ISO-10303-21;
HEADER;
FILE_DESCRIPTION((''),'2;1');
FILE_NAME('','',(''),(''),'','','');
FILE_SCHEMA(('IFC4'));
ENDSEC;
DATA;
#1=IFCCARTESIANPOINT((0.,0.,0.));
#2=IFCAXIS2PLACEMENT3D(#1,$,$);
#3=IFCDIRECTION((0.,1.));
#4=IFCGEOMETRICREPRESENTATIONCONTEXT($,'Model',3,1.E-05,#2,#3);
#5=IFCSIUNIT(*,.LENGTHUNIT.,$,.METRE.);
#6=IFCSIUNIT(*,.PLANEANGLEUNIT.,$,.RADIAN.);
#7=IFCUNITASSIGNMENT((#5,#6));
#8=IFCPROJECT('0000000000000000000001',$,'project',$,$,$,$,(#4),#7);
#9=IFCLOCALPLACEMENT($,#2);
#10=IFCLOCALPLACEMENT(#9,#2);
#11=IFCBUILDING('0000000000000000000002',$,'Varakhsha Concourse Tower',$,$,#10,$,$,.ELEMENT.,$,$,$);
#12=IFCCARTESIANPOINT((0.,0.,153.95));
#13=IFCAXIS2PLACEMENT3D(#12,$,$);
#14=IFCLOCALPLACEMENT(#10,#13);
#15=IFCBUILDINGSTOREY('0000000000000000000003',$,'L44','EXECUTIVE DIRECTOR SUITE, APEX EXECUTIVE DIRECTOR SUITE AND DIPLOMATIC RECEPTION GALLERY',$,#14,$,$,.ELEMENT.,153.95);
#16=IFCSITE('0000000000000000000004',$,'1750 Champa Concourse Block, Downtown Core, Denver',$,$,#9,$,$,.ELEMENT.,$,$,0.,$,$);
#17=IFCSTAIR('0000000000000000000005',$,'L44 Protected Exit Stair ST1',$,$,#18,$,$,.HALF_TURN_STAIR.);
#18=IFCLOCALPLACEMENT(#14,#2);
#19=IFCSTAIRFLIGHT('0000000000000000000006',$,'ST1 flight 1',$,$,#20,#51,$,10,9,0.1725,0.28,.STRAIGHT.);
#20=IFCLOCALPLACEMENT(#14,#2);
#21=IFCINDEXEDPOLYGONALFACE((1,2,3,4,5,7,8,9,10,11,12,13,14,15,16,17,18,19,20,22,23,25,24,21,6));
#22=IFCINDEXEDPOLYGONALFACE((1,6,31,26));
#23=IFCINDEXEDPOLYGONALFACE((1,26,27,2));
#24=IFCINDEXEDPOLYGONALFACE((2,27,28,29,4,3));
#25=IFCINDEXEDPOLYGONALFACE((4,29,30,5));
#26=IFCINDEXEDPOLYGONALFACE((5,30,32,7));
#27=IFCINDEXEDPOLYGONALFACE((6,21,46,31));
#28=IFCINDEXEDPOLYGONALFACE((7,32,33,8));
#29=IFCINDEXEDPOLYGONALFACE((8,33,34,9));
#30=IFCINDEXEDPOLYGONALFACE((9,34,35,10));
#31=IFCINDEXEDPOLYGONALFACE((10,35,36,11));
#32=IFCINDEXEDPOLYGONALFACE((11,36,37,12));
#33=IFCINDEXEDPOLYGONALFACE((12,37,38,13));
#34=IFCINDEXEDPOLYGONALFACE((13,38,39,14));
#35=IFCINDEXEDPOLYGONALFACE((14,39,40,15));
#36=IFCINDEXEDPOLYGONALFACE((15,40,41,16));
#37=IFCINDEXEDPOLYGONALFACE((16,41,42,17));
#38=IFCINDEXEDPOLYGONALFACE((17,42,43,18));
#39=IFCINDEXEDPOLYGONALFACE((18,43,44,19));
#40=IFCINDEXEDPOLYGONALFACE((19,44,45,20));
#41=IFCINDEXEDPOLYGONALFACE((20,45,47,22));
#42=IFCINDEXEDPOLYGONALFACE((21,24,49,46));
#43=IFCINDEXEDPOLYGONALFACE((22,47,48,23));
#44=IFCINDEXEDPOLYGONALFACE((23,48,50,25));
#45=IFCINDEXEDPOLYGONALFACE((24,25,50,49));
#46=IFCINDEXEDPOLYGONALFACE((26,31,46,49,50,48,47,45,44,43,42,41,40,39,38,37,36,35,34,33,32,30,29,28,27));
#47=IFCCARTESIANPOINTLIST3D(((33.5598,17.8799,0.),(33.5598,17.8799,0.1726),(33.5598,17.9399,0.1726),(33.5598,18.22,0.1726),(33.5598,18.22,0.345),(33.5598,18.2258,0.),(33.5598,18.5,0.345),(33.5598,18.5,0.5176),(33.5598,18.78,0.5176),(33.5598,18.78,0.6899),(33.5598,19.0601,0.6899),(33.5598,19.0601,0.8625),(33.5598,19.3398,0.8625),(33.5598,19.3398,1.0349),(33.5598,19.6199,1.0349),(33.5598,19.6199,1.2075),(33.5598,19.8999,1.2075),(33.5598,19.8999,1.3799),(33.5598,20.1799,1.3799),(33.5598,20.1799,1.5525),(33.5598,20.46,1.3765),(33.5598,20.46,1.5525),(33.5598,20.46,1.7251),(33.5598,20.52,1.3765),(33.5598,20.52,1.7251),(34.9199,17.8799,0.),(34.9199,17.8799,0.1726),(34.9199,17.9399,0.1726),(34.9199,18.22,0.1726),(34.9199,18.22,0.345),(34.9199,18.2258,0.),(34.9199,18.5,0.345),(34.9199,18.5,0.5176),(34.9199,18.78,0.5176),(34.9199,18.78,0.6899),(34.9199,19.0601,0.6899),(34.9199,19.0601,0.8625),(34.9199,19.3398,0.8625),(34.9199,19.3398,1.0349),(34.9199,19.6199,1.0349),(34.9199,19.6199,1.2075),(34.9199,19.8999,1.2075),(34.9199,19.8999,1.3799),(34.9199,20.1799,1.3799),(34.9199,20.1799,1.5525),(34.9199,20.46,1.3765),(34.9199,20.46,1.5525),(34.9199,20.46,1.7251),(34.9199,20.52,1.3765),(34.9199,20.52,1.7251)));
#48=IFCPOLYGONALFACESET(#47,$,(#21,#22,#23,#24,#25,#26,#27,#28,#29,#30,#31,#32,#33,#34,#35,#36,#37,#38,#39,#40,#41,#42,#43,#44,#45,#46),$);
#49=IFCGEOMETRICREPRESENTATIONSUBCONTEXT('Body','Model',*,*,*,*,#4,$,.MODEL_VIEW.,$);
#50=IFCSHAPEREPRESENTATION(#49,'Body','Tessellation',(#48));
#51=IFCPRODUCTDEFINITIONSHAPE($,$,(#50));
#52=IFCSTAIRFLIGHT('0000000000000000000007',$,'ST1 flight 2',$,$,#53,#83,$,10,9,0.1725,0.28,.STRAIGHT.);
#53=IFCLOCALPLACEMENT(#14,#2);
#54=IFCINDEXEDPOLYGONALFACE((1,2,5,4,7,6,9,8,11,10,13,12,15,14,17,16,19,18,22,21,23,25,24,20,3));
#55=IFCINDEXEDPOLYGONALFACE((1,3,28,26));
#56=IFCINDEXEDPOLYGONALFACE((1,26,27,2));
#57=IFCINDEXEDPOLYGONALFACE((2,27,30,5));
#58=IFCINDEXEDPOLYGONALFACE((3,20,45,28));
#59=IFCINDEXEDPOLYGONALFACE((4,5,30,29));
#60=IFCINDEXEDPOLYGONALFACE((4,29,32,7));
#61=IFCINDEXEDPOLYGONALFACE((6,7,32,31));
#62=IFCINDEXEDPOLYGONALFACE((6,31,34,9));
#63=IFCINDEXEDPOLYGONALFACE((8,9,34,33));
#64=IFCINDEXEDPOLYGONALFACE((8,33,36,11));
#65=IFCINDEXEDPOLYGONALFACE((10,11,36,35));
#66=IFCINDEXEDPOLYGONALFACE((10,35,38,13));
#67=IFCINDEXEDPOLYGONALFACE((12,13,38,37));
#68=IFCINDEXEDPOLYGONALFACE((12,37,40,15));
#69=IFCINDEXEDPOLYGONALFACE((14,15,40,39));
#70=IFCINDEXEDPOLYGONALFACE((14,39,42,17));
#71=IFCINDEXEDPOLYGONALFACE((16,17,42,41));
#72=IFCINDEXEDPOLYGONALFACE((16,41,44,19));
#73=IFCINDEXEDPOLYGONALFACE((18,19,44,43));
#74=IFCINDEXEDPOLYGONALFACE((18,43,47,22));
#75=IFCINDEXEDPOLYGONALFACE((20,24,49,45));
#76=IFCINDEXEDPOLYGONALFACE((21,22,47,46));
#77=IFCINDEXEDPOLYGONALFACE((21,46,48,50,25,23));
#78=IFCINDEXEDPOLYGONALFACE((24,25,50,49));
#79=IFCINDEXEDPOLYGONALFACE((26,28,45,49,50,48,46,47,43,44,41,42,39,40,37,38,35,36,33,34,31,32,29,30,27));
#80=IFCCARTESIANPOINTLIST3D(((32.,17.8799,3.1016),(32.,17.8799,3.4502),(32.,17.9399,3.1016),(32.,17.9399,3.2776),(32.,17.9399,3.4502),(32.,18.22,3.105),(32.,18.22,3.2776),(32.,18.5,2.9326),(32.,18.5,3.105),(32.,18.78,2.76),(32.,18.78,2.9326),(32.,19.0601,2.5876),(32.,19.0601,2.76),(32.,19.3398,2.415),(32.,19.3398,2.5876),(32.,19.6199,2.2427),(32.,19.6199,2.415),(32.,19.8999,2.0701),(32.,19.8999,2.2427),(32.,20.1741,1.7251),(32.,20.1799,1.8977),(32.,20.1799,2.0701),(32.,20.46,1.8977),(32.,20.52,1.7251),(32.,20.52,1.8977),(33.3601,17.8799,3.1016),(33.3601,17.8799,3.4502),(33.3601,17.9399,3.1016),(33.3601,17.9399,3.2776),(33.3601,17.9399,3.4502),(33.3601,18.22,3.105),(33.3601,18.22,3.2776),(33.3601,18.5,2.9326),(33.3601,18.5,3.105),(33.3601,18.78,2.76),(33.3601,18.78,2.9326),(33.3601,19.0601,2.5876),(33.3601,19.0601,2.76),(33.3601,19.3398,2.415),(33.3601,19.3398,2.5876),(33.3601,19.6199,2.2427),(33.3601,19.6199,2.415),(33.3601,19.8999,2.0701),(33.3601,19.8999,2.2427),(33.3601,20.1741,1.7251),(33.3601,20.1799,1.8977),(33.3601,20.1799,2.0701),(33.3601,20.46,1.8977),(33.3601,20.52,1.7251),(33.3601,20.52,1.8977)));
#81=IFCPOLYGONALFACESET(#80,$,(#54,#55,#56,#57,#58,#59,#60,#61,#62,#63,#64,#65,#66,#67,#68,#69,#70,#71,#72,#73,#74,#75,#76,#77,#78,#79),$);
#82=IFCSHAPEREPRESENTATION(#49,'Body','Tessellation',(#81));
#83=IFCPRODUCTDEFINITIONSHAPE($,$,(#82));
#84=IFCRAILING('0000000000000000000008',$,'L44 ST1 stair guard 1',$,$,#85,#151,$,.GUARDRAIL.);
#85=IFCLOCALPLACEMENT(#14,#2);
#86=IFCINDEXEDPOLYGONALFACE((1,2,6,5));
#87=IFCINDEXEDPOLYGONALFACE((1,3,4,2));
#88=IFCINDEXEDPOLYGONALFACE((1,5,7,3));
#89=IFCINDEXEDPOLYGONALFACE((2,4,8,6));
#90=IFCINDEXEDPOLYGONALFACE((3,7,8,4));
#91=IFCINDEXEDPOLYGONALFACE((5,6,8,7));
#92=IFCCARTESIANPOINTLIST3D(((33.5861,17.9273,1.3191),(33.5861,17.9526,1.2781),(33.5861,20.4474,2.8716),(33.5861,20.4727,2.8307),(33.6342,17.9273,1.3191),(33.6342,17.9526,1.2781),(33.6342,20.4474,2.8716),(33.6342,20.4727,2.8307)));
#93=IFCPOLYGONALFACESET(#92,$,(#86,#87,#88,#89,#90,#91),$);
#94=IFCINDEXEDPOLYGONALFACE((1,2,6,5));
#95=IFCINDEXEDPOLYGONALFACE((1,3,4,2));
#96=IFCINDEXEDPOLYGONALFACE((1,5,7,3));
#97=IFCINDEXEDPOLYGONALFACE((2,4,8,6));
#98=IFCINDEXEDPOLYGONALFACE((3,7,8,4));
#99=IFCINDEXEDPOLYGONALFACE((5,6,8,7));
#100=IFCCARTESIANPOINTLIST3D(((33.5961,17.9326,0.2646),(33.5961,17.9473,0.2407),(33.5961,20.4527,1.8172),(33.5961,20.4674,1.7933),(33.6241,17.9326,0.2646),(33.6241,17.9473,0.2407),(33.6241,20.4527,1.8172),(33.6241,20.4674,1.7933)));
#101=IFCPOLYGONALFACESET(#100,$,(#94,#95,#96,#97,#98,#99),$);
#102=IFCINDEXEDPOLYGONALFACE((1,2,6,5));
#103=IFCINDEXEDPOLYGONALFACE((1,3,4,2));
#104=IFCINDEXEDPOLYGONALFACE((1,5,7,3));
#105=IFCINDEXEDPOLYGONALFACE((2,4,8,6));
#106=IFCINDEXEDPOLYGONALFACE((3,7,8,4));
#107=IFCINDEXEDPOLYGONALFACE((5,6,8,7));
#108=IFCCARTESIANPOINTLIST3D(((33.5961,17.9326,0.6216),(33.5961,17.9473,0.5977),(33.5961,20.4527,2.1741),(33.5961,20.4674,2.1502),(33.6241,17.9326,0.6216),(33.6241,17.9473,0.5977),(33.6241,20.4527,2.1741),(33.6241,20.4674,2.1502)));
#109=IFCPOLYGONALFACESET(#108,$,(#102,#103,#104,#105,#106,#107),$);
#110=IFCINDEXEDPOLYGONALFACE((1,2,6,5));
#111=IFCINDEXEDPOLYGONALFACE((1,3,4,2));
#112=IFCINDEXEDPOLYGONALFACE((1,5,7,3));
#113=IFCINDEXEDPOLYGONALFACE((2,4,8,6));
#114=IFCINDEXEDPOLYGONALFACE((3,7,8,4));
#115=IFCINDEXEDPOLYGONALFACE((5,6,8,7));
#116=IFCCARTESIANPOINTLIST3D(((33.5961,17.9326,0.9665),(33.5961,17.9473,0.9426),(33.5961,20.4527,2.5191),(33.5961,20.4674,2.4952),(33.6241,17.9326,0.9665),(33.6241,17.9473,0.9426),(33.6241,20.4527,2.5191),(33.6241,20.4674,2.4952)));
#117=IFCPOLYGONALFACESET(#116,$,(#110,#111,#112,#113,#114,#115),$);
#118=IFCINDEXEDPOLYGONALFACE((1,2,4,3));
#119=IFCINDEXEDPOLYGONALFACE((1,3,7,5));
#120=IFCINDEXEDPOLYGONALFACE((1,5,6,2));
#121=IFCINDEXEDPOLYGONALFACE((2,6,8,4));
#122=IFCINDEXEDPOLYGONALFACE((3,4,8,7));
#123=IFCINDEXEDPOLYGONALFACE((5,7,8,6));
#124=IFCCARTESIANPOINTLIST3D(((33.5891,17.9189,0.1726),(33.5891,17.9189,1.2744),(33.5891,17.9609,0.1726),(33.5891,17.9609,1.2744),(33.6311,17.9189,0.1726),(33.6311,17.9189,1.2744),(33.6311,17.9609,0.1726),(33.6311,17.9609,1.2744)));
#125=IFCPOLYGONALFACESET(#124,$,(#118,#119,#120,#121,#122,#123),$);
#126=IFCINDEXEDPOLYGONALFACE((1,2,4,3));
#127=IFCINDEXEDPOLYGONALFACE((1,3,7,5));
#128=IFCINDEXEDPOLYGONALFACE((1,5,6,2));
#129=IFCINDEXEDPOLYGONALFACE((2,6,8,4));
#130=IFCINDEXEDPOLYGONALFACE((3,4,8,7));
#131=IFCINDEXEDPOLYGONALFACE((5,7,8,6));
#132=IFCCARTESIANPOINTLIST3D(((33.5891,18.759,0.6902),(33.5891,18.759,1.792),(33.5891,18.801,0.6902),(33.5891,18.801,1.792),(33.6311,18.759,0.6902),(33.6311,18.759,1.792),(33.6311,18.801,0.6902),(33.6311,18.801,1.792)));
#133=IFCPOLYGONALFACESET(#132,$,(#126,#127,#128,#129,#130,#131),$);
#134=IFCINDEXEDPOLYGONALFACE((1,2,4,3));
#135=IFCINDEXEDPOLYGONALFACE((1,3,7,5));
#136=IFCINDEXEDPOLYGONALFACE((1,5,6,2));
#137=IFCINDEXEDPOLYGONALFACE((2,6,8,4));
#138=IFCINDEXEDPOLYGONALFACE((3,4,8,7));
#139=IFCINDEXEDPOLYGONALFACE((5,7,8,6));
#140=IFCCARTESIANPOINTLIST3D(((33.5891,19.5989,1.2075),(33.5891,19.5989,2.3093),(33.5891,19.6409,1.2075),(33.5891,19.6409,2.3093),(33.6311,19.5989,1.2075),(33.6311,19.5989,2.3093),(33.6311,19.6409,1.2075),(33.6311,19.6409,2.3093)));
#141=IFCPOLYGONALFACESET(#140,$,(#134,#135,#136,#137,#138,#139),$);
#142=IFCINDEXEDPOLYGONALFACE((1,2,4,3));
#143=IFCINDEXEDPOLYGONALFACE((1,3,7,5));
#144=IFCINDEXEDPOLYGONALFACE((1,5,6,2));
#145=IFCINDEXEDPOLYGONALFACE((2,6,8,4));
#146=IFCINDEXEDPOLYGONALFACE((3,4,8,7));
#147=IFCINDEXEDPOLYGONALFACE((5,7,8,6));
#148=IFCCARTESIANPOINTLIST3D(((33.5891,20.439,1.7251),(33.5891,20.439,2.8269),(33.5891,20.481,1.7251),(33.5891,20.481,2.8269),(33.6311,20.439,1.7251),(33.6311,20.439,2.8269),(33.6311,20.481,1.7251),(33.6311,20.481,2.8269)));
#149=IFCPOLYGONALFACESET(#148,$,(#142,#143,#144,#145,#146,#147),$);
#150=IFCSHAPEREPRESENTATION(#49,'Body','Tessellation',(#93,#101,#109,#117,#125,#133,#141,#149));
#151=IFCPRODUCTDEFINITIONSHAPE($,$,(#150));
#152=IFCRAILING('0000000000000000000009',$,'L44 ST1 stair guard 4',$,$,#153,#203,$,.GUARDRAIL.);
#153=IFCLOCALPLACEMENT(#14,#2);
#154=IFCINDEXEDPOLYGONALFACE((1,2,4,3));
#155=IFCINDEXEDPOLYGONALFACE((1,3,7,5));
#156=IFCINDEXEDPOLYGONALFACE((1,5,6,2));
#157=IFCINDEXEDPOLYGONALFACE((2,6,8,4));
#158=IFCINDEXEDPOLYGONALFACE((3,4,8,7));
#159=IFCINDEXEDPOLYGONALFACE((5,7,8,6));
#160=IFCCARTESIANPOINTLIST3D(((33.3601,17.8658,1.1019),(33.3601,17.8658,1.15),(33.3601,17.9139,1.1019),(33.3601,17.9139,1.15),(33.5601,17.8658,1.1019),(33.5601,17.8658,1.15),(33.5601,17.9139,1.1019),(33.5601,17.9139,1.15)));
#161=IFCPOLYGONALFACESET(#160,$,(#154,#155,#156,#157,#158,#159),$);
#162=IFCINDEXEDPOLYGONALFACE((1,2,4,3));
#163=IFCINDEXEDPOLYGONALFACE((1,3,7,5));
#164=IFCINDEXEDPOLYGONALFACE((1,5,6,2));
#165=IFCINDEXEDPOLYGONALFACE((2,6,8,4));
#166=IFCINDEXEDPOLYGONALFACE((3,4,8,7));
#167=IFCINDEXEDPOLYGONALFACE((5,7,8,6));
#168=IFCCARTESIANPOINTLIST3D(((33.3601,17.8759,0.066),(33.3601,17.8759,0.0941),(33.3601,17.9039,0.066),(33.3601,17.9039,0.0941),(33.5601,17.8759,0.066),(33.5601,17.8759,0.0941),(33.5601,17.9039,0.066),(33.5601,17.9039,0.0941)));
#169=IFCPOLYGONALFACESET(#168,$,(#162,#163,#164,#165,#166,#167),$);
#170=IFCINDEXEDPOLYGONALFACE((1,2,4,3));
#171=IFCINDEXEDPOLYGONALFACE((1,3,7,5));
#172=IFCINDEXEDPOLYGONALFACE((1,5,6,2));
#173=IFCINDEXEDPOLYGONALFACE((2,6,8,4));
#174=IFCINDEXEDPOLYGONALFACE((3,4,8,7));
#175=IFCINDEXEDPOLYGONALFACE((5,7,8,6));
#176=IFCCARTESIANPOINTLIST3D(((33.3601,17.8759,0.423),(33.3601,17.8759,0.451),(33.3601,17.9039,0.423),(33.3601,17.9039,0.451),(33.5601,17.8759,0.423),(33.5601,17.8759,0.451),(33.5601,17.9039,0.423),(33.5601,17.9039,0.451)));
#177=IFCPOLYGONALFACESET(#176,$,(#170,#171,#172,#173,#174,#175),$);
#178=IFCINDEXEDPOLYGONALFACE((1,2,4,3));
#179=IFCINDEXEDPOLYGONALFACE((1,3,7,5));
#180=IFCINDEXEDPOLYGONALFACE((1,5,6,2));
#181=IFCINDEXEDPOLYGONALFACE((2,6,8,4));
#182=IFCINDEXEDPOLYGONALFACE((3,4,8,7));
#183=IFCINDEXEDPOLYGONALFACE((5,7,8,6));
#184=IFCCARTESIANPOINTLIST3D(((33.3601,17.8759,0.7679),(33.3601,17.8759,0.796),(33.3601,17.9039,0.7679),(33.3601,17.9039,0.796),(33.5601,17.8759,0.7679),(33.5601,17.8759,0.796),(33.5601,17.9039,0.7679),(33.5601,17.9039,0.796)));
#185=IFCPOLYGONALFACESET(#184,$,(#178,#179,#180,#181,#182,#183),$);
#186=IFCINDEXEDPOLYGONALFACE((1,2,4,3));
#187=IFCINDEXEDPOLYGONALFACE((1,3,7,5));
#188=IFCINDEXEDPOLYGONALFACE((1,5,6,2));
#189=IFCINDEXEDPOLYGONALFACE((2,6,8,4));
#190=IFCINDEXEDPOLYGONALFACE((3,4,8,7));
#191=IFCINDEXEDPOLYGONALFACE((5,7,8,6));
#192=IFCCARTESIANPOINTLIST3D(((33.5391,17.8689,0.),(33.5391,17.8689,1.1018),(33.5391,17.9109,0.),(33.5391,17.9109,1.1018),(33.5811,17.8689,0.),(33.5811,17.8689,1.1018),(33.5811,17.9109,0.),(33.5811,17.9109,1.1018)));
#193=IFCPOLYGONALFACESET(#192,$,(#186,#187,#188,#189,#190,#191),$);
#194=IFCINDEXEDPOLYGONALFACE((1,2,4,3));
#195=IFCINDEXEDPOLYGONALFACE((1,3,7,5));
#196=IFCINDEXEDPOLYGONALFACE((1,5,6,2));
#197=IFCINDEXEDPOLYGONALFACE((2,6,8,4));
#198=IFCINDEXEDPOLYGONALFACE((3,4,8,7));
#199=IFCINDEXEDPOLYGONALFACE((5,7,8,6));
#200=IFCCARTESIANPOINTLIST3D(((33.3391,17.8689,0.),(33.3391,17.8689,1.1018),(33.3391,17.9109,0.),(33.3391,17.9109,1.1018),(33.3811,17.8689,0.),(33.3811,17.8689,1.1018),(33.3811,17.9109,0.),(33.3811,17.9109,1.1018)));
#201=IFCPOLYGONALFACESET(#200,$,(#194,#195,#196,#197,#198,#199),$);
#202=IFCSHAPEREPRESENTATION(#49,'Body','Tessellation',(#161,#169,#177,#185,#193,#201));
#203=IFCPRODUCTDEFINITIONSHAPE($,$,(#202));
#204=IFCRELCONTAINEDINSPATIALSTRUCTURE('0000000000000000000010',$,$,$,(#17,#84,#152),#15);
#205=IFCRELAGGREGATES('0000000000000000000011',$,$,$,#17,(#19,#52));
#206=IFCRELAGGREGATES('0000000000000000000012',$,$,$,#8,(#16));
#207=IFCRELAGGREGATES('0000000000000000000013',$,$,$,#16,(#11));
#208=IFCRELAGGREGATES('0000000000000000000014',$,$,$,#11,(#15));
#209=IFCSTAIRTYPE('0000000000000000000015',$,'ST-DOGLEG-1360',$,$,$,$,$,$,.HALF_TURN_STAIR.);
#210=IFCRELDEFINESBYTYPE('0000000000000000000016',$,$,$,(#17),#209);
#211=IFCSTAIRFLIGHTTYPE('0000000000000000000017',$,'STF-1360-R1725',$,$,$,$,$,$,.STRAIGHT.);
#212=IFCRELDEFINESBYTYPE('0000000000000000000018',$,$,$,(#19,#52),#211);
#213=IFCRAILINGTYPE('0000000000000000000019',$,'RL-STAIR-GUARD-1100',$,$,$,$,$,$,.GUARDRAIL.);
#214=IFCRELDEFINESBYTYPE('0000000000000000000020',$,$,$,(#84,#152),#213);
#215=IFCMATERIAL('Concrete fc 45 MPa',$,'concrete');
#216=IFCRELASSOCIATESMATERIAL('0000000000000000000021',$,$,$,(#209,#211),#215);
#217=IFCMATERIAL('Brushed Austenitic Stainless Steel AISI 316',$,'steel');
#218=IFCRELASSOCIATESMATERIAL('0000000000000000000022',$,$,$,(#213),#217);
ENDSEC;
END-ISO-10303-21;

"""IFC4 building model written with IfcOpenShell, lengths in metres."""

from ifc_helpers import new_model, si_unit, direction, frame, origin, origin_2d, place, context, subcontext, project, spatial, polyline, rectangle, outline, extrude, material, type_object, element, aggregate, save


model = new_model("IFC4")

# Units and contexts
model_context = context("Model", 3, precision=1e-05, world=origin(), true_north=direction((0.0, 1.0)))
body_context = subcontext(model_context, "Body", "Model", "MODEL_VIEW")
ifc_project = project(units=[si_unit("LENGTHUNIT", "METRE"), si_unit("PLANEANGLEUNIT", "RADIAN")], contexts=[model_context])

# Site, building, storey
site_placement = place(None, origin())
site = spatial("IfcSite", under=ifc_project, at=site_placement, Name="1750 Champa Concourse Block, Downtown Core, Denver", CompositionType="ELEMENT", RefElevation=0.0)
building_placement = place(site_placement, origin())
building = spatial("IfcBuilding", under=site, at=building_placement, Name="Varakhsha Concourse Tower", CompositionType="ELEMENT")
storey_placement = place(building_placement, frame((0.0, 0.0, 153.95)))
storey = spatial("IfcBuildingStorey", under=building, at=storey_placement, Name="L44", Description="EXECUTIVE DIRECTOR SUITE, APEX EXECUTIVE DIRECTOR SUITE AND DIPLOMATIC RECEPTION GALLERY", CompositionType="ELEMENT", Elevation=153.95)

# Shared definitions
ifc_material_1 = material(Name="Concrete fc 45 MPa", Category="concrete")

# Stair, stair flights
stair_type = type_object("IfcStairType", Name="ST-DOGLEG-1360", PredefinedType="HALF_TURN_STAIR", material=ifc_material_1)
stair_placement = place(storey_placement, origin())
stair = element("IfcStair", 1, at=stair_placement, inside=storey, type_object=stair_type, Name="L44 Protected Exit Stair ST1", PredefinedType="HALF_TURN_STAIR")
stair_flight_type = type_object("IfcStairFlightType", Name="STF-1360-R1725", PredefinedType="STRAIGHT", material=ifc_material_1)
stair_flight_1_placement = place(storey_placement, frame((34.24, 17.9399, 0.0), z_axis=(0.0, 0.0, 1.0), x_axis=(0.0, 1.0, 0.0)))
stair_flight_1 = element("IfcStairFlight", 2, at=stair_flight_1_placement, type_object=stair_flight_type, Name="ST1 flight 1", NumberOfRisers=10, NumberOfTreads=9, PredefinedType="STRAIGHT", RiserHeight=0.1725, TreadLength=0.28, context=body_context, shape_type="SweptSolid", body=[
    extrude(outline(polyline([(-0.0601, 0.0), (-0.0601, 0.1726), (0.0, 0.1726), (0.28, 0.1726), (0.28, 0.345), (0.5601, 0.345), (0.5601, 0.5176), (0.8401, 0.5176), (0.8401, 0.6899), (1.1201, 0.6899), (1.1201, 0.8625), (1.3999, 0.8625), (1.3999, 1.0349), (1.6799, 1.0349), (1.6799, 1.2075), (1.96, 1.2075), (1.96, 1.3799), (2.24, 1.3799), (2.24, 1.5525), (2.52, 1.5525), (2.52, 1.7251), (2.5801, 1.7251), (2.5801, 1.3765), (2.52, 1.3765), (0.2859, 0.0), (-0.0601, 0.0)])), frame((0.0, 0.6802, 0.0), z_axis=(0.0, -1.0, 0.0), x_axis=(1.0, 0.0, 0.0)), (0.0, 0.0, 1.0), 1.3601),
])
stair_flight_2_placement = place(storey_placement, frame((32.6799, 20.46, 1.7251), z_axis=(0.0, 0.0, 1.0), x_axis=(0.0, -1.0, 0.0)))
stair_flight_2 = element("IfcStairFlight", 3, at=stair_flight_2_placement, type_object=stair_flight_type, Name="ST1 flight 2", NumberOfRisers=10, NumberOfTreads=9, PredefinedType="STRAIGHT", RiserHeight=0.1725, TreadLength=0.28, context=body_context, shape_type="SweptSolid", body=[
    extrude(outline(polyline([(-0.0601, 0.0), (-0.0601, 0.1726), (0.0, 0.1726), (0.28, 0.1726), (0.28, 0.345), (0.5601, 0.345), (0.5601, 0.5176), (0.8401, 0.5176), (0.8401, 0.6899), (1.1201, 0.6899), (1.1201, 0.8625), (1.3999, 0.8625), (1.3999, 1.0349), (1.6799, 1.0349), (1.6799, 1.2075), (1.96, 1.2075), (1.96, 1.3799), (2.24, 1.3799), (2.24, 1.5525), (2.52, 1.5525), (2.52, 1.7251), (2.5801, 1.7251), (2.5801, 1.3765), (2.52, 1.3765), (0.2859, 0.0), (-0.0601, 0.0)])), frame((0.0, 0.6802, 0.0), z_axis=(0.0, -1.0, 0.0), x_axis=(1.0, 0.0, 0.0)), (0.0, 0.0, 1.0), 1.3601),
])
aggregate(stair, [stair_flight_1, stair_flight_2])

# Railings
ifc_material_2 = material(Name="Brushed Austenitic Stainless Steel AISI 316", Category="steel")
railing_type_1 = type_object("IfcRailingType", Name="RL-STAIR-GUARD-1100", PredefinedType="GUARDRAIL", material=ifc_material_2)
railing_1_placement = place(storey_placement, frame((33.6101, 17.9399, 0.1726)))
element("IfcRailing", 4, at=railing_1_placement, inside=storey, type_object=railing_type_1, Name="L44 ST1 stair guard 1", PredefinedType="GUARDRAIL", context=body_context, shape_type="SweptSolid", body=[
    extrude(rectangle(XDim=0.0481, YDim=0.0481, at=origin_2d()), frame((0.0, 0.0, 1.126), z_axis=(0.0, 0.8514, 0.524516), x_axis=(-1.0, 0.0, 0.0)), (0.0, 0.0, 1.0), 2.96),
    extrude(rectangle(XDim=0.0281, YDim=0.0281, at=origin_2d()), frame((0.0, 0.0, 0.0801), z_axis=(0.0, 0.8514, 0.524516), x_axis=(-1.0, 0.0, 0.0)), (0.0, 0.0, 1.0), 2.96),
    extrude(rectangle(XDim=0.0281, YDim=0.0281, at=origin_2d()), frame((0.0, 0.0, 0.437), z_axis=(0.0, 0.8514, 0.524516), x_axis=(-1.0, 0.0, 0.0)), (0.0, 0.0, 1.0), 2.96),
    extrude(rectangle(XDim=0.0281, YDim=0.0281, at=origin_2d()), frame((0.0, 0.0, 0.782), z_axis=(0.0, 0.8514, 0.524516), x_axis=(-1.0, 0.0, 0.0)), (0.0, 0.0, 1.0), 2.96),
    extrude(rectangle(XDim=0.042, YDim=0.042, at=origin_2d()), origin(), (0.0, 0.0, 1.0), 1.1018),
    extrude(rectangle(XDim=0.042, YDim=0.042, at=origin_2d()), frame((0.0, 0.8401, 0.5176)), (0.0, 0.0, 1.0), 1.1018),
    extrude(rectangle(XDim=0.042, YDim=0.042, at=origin_2d()), frame((0.0, 1.6799, 1.0349)), (0.0, 0.0, 1.0), 1.1018),
    extrude(rectangle(XDim=0.042, YDim=0.042, at=origin_2d()), frame((0.0, 2.52, 1.5525)), (0.0, 0.0, 1.0), 1.1018),
])
railing_2_placement = place(storey_placement, frame((33.5601, 17.8899, 0.0)))
element("IfcRailing", 5, at=railing_2_placement, inside=storey, type_object=railing_type_1, Name="L44 ST1 stair guard 4", PredefinedType="GUARDRAIL", context=body_context, shape_type="SweptSolid", body=[
    extrude(rectangle(XDim=0.0481, YDim=0.0481, at=origin_2d()), frame((0.0, 0.0, 1.126), z_axis=(-1.0, 0.0, 0.0), x_axis=(0.0, -1.0, 0.0)), (0.0, 0.0, 1.0), 0.2),
    extrude(rectangle(XDim=0.0281, YDim=0.0281, at=origin_2d()), frame((0.0, 0.0, 0.0801), z_axis=(-1.0, 0.0, 0.0), x_axis=(0.0, -1.0, 0.0)), (0.0, 0.0, 1.0), 0.2),
    extrude(rectangle(XDim=0.0281, YDim=0.0281, at=origin_2d()), frame((0.0, 0.0, 0.437), z_axis=(-1.0, 0.0, 0.0), x_axis=(0.0, -1.0, 0.0)), (0.0, 0.0, 1.0), 0.2),
    extrude(rectangle(XDim=0.0281, YDim=0.0281, at=origin_2d()), frame((0.0, 0.0, 0.782), z_axis=(-1.0, 0.0, 0.0), x_axis=(0.0, -1.0, 0.0)), (0.0, 0.0, 1.0), 0.2),
    extrude(rectangle(XDim=0.042, YDim=0.042, at=origin_2d()), origin(), (0.0, 0.0, 1.0), 1.1018),
    extrude(rectangle(XDim=0.042, YDim=0.042, at=origin_2d()), frame((-0.2, 0.0, 0.0)), (0.0, 0.0, 1.0), 1.1018),
])

save(model, "model.ifc")
